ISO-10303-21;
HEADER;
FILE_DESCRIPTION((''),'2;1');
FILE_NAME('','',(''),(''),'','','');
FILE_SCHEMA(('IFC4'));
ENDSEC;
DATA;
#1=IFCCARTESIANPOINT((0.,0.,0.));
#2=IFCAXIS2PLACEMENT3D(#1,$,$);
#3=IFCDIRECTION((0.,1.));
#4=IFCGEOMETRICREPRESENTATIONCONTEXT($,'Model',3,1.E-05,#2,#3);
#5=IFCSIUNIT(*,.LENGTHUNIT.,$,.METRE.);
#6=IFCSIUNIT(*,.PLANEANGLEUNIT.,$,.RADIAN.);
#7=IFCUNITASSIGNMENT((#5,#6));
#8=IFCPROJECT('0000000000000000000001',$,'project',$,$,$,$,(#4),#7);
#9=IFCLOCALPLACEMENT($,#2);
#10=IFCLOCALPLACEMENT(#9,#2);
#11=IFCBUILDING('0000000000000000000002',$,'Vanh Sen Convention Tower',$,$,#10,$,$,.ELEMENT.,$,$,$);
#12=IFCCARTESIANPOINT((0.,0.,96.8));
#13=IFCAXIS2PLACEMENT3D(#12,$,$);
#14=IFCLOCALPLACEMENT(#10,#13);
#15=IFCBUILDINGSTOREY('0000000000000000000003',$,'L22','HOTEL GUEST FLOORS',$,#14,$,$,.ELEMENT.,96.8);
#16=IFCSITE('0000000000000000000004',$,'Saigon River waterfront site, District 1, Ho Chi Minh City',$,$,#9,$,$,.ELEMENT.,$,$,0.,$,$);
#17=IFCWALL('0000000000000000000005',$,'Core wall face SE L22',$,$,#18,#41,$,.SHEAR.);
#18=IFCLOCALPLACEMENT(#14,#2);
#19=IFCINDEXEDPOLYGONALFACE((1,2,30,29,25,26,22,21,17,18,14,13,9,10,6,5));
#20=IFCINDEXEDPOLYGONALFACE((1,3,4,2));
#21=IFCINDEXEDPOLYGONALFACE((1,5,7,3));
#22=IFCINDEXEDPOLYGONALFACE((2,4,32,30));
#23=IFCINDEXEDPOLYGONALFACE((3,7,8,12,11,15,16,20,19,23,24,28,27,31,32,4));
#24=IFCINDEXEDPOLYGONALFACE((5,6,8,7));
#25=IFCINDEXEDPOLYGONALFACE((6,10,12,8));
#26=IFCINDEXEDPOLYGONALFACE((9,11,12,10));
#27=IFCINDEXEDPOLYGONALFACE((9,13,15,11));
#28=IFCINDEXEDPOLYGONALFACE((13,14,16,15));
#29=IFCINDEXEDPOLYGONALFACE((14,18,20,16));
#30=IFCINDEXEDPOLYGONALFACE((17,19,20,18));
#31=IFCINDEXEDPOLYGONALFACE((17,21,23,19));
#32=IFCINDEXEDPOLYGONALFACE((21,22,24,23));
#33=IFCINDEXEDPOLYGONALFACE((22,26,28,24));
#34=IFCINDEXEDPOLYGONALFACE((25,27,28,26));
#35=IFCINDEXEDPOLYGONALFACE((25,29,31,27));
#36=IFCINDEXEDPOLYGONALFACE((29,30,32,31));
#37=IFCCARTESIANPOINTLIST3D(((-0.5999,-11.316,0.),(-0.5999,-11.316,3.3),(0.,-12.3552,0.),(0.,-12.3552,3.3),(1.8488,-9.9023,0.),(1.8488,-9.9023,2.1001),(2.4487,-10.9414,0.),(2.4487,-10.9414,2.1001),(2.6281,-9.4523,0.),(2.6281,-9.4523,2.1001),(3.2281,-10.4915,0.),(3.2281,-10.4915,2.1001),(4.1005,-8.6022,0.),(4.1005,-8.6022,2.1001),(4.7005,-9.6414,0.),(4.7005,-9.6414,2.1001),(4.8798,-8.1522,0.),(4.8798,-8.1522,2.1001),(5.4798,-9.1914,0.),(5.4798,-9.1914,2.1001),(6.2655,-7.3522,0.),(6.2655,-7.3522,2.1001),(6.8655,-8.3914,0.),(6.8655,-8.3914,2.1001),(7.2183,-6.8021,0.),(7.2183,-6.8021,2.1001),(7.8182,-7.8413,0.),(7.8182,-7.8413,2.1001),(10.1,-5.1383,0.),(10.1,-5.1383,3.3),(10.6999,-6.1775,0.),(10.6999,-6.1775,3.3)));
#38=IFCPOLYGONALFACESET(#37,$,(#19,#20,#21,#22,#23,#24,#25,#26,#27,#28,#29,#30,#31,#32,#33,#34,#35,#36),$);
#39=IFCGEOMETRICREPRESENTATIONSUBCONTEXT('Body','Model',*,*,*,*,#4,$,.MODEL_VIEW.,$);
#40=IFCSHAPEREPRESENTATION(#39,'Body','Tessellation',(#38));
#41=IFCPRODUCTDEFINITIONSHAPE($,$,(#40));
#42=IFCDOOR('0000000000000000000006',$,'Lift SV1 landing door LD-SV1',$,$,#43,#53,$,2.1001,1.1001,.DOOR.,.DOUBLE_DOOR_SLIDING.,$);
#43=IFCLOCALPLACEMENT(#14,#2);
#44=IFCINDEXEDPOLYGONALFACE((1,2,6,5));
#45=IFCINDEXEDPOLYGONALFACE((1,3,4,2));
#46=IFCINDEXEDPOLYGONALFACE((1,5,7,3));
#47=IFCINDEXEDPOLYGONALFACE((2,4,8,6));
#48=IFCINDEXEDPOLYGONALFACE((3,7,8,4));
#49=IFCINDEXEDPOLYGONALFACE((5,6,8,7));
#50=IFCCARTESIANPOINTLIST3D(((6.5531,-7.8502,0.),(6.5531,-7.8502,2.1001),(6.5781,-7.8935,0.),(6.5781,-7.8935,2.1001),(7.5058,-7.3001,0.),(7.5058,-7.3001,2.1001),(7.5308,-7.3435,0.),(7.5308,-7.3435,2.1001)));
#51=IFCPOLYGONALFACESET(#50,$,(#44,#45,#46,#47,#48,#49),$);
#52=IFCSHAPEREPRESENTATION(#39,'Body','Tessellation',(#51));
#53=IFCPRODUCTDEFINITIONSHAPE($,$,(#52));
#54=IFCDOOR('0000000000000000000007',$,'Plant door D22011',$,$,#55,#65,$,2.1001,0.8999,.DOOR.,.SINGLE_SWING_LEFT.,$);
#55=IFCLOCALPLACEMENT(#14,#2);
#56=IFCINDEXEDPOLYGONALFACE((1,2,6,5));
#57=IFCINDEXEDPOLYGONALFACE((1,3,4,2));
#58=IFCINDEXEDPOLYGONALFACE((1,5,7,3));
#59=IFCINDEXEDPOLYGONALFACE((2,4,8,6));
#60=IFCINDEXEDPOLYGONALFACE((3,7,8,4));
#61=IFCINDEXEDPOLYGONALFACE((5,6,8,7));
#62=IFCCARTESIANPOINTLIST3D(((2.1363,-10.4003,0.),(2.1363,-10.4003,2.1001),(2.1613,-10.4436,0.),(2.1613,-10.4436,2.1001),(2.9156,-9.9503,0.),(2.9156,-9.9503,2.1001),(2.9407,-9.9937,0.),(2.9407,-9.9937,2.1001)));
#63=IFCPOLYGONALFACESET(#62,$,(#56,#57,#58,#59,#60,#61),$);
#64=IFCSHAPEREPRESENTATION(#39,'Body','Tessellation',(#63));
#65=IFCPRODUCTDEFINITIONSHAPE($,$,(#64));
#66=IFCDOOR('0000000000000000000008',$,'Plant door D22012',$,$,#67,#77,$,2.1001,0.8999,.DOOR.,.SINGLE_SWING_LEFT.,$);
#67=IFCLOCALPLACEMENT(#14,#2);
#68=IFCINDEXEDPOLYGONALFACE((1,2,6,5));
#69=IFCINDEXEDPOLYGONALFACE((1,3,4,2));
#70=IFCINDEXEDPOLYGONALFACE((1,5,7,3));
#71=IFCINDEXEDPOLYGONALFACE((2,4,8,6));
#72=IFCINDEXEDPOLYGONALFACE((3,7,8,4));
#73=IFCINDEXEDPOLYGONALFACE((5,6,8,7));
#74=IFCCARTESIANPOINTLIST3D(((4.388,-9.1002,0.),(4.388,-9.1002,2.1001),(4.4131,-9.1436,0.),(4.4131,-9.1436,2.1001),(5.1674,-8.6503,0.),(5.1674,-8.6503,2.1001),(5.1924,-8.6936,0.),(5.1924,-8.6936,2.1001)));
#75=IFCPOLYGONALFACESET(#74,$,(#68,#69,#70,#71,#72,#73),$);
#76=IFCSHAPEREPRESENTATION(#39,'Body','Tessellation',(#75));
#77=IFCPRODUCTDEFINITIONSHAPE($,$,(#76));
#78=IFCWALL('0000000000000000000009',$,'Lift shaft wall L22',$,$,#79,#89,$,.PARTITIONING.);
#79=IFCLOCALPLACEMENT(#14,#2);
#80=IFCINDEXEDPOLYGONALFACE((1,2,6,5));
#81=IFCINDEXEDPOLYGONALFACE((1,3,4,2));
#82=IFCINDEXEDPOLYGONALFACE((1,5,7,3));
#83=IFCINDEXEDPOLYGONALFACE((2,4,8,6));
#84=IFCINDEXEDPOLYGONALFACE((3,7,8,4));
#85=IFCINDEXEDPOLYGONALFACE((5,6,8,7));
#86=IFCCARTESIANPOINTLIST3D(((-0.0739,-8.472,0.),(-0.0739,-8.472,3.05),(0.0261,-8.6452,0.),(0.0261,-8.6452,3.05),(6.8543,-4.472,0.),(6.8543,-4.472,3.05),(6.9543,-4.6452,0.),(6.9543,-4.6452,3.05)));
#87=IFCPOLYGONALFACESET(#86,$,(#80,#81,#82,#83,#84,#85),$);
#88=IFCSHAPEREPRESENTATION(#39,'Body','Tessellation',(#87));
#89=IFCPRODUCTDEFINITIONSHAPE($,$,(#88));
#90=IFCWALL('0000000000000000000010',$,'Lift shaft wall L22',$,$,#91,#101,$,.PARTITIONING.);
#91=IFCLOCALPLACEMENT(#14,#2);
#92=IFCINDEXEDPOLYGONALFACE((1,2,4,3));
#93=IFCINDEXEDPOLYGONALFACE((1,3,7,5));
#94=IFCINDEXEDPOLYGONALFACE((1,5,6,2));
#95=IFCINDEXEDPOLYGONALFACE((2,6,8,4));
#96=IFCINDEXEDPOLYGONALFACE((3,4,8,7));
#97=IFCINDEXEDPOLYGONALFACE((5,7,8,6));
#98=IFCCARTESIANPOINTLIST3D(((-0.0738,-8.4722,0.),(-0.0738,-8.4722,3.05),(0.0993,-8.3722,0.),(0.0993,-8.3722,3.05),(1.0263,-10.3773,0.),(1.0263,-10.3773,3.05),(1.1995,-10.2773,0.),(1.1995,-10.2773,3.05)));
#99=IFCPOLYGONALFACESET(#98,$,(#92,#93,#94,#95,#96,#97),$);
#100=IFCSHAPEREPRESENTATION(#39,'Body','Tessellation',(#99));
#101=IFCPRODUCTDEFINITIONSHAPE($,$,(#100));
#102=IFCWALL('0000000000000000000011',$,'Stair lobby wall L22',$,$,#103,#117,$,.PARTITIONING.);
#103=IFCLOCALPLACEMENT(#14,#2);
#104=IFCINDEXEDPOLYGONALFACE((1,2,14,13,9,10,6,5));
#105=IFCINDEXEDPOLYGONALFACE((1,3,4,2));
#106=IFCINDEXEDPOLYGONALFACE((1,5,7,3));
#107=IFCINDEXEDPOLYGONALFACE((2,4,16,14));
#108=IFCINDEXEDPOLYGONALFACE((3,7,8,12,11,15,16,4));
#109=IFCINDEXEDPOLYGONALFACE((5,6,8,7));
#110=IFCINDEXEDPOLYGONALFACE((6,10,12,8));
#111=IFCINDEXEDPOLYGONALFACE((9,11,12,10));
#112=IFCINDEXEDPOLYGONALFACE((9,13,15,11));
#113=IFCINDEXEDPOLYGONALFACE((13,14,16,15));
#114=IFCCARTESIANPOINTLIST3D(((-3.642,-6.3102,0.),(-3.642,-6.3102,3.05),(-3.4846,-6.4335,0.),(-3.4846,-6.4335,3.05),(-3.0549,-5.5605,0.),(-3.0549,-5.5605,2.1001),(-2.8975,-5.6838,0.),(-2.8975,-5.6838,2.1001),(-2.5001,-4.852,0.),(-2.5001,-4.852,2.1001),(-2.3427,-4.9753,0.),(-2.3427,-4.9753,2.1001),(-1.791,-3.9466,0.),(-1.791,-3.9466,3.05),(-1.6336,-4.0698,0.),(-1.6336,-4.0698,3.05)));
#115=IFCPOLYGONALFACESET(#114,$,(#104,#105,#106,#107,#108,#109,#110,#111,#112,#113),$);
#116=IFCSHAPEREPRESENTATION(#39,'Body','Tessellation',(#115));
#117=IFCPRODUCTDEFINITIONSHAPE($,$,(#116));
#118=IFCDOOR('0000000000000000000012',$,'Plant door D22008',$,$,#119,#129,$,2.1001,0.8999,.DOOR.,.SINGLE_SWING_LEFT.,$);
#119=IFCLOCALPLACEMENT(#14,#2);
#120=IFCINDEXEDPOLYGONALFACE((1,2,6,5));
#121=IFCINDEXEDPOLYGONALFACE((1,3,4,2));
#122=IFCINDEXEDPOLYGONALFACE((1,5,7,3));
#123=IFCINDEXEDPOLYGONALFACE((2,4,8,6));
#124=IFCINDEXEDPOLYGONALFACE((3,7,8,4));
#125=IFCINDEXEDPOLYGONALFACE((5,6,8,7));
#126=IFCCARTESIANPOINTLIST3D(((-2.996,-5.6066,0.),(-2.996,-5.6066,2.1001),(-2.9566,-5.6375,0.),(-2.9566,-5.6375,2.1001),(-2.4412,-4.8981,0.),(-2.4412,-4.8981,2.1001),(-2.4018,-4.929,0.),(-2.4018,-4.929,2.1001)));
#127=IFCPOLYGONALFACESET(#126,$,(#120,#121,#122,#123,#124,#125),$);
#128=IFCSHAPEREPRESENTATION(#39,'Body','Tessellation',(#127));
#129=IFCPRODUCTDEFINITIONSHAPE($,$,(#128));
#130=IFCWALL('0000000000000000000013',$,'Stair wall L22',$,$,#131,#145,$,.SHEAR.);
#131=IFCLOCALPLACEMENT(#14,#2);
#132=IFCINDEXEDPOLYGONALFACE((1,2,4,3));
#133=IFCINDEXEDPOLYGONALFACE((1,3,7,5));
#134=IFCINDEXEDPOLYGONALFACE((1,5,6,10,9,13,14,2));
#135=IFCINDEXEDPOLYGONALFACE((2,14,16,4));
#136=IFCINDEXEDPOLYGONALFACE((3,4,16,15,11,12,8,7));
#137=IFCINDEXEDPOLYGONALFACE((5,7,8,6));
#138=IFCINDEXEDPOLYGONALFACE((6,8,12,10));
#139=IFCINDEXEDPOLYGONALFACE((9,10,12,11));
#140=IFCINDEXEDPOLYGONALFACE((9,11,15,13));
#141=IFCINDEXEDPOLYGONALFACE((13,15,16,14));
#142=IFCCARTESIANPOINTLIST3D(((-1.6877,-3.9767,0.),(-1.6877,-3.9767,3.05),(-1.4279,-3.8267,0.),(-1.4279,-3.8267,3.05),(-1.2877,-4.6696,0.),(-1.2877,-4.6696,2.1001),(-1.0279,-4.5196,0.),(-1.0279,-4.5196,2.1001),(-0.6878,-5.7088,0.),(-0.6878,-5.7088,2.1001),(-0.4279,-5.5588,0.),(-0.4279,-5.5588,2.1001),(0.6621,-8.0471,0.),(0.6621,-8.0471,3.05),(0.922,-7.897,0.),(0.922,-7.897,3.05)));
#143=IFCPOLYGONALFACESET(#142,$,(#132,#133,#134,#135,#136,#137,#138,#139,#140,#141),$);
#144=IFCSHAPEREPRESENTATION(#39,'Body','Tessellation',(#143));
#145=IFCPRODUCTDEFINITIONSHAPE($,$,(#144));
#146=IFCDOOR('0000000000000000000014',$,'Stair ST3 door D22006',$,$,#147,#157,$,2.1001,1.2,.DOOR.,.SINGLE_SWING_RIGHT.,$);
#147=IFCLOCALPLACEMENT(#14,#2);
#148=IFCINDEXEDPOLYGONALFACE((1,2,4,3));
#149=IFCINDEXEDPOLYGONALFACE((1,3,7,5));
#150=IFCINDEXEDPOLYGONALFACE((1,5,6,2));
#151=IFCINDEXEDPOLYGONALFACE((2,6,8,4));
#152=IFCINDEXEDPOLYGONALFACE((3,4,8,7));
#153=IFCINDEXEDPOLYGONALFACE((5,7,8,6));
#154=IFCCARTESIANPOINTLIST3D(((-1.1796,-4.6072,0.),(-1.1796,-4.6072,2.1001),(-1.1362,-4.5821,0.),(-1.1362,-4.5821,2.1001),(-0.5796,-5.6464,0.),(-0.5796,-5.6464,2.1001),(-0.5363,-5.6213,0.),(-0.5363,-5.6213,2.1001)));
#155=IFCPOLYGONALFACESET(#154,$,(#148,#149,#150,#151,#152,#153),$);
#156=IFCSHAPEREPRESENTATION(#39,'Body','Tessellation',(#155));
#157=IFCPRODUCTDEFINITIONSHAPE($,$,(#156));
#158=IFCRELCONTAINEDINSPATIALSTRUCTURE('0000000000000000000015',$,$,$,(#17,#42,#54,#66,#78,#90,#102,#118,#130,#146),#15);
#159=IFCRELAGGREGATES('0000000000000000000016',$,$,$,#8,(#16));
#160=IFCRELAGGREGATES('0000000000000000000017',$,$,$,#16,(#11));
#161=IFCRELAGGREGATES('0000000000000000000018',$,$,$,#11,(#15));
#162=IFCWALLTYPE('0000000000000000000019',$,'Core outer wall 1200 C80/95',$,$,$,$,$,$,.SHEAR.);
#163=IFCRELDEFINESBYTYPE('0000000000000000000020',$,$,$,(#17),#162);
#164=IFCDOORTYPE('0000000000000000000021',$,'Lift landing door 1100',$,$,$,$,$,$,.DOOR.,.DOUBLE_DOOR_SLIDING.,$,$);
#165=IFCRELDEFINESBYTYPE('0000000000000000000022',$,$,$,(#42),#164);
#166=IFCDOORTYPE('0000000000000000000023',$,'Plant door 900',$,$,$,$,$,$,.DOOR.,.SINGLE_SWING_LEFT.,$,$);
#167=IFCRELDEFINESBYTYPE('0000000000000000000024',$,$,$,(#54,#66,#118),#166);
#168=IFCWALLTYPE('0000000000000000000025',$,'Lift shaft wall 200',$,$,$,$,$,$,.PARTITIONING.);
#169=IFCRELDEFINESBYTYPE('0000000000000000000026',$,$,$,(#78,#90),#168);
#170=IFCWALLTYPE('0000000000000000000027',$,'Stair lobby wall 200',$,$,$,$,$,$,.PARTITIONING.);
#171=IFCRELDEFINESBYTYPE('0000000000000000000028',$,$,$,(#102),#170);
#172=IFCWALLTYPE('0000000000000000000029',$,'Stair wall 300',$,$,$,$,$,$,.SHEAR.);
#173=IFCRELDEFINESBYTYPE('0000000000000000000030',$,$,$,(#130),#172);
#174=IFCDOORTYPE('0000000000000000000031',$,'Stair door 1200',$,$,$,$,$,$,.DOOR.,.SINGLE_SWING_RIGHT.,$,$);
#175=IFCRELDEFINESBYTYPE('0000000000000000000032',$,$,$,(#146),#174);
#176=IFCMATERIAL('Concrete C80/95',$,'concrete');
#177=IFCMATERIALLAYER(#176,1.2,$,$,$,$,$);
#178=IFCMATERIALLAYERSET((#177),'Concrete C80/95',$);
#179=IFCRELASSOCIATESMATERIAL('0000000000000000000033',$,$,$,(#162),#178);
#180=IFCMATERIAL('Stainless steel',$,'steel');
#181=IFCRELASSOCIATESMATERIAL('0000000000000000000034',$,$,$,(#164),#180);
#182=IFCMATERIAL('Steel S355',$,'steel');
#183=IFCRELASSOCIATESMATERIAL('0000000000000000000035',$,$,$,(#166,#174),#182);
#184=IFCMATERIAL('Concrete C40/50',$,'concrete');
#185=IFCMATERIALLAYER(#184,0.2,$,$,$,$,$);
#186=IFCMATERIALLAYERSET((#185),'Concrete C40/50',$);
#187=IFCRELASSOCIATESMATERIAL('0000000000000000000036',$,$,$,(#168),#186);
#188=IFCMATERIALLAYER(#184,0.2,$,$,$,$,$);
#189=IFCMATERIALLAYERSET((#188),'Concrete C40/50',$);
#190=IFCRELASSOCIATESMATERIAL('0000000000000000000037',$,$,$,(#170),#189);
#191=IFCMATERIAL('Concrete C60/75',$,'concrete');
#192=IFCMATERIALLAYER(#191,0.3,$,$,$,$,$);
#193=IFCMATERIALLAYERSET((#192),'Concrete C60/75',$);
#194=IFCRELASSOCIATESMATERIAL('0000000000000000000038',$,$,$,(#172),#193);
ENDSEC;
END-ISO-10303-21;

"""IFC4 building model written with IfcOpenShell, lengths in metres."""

from ifc_helpers import new_model, si_unit, direction, frame, frame_2d, origin, place, context, subcontext, project, spatial, rectangle, extrude, material, layer, layer_set, type_object, element, fill, save


model = new_model("IFC4")

# Units and contexts
model_context = context("Model", 3, precision=1e-05, world=origin(), true_north=direction((0.0, 1.0)))
body_context = subcontext(model_context, "Body", "Model", "MODEL_VIEW")
ifc_project = project(units=[si_unit("LENGTHUNIT", "METRE"), si_unit("PLANEANGLEUNIT", "RADIAN")], contexts=[model_context])

# Site, building, storey
site_placement = place(None, origin())
site = spatial("IfcSite", under=ifc_project, at=site_placement, Name="Saigon River waterfront site, District 1, Ho Chi Minh City", CompositionType="ELEMENT", RefElevation=0.0)
building_placement = place(site_placement, origin())
building = spatial("IfcBuilding", under=site, at=building_placement, Name="Vanh Sen Convention Tower", CompositionType="ELEMENT")
storey_placement = place(building_placement, frame((0.0, 0.0, 96.8)))
storey = spatial("IfcBuildingStorey", under=building, at=storey_placement, Name="L22", Description="HOTEL GUEST FLOORS", CompositionType="ELEMENT", Elevation=96.8)

# Shared definitions
ifc_material_1 = material(Name="Concrete C40/50", Category="concrete")

# Wall, openings, doors
ifc_material_2 = material(Name="Concrete C80/95", Category="concrete")
ifc_layer_1 = layer(ifc_material_2, 1.2)
ifc_layer_set_1 = layer_set([ifc_layer_1], Name="Concrete C80/95")
wall_type_1 = type_object("IfcWallType", Name="Core outer wall 1200 C80/95", PredefinedType="SHEAR", material=ifc_layer_set_1)
wall_1_placement = place(storey_placement, frame((-0.3, -11.8357, 0.0), z_axis=(0.0, 0.0, 1.0), x_axis=(0.866021, 0.500007, 0.0)))
wall_1 = element("IfcWall", 1, at=wall_1_placement, inside=storey, type_object=wall_type_1, Name="Core wall face SE L22", PredefinedType="SHEAR", context=body_context, shape_type="SweptSolid", body=[
    extrude(rectangle(XDim=12.3552, YDim=1.2, at=frame_2d((6.1777, 0.0))), origin(), (0.0, 0.0, 1.0), 3.3),
])
opening_1_placement = place(wall_1_placement, frame((2.8276, 0.0, 0.0)))
opening_1 = element("IfcOpeningElement", 2, at=opening_1_placement, cuts=wall_1, PredefinedType="OPENING", context=body_context, shape_type="SweptSolid", body=[
    extrude(rectangle(XDim=0.8999, YDim=2.1001, at=frame_2d((0.45, 1.05))), frame((0.0, 0.6099, 0.0), z_axis=(0.0, -1.0, 0.0), x_axis=(1.0, 0.0, 0.0)), (0.0, 0.0, 1.0), 1.22),
])
opening_2_placement = place(wall_1_placement, frame((5.4277, 0.0, 0.0)))
opening_2 = element("IfcOpeningElement", 3, at=opening_2_placement, cuts=wall_1, PredefinedType="OPENING", context=body_context, shape_type="SweptSolid", body=[
    extrude(rectangle(XDim=0.8999, YDim=2.1001, at=frame_2d((0.45, 1.05))), frame((0.0, 0.6099, 0.0), z_axis=(0.0, -1.0, 0.0), x_axis=(1.0, 0.0, 0.0)), (0.0, 0.0, 1.0), 1.22),
])
opening_3_placement = place(wall_1_placement, frame((7.9277, 0.0, 0.0)))
opening_3 = element("IfcOpeningElement", 4, at=opening_3_placement, cuts=wall_1, PredefinedType="OPENING", context=body_context, shape_type="SweptSolid", body=[
    extrude(rectangle(XDim=1.1001, YDim=2.1001, at=frame_2d((0.55, 1.05))), frame((0.0, 0.6099, 0.0), z_axis=(0.0, -1.0, 0.0), x_axis=(1.0, 0.0, 0.0)), (0.0, 0.0, 1.0), 1.22),
])
ifc_material_3 = material(Name="Stainless steel", Category="steel")
door_type_1 = type_object("IfcDoorType", Name="Lift landing door 1100", OperationType="DOUBLE_DOOR_SLIDING", PredefinedType="DOOR", material=ifc_material_3)
door_1_placement = place(opening_3_placement, origin())
door_1 = element("IfcDoor", 5, at=door_1_placement, inside=storey, type_object=door_type_1, Name="Lift SV1 landing door LD-SV1", OperationType="DOUBLE_DOOR_SLIDING", OverallHeight=2.1001, OverallWidth=1.1001, PredefinedType="DOOR", context=body_context, shape_type="SweptSolid", body=[
    extrude(rectangle(XDim=1.1001, YDim=2.1001, at=frame_2d((0.55, 1.05))), frame((0.0, 0.0249, 0.0), z_axis=(0.0, -1.0, 0.0), x_axis=(1.0, 0.0, 0.0)), (0.0, 0.0, 1.0), 0.05),
])
fill(opening_3, door_1)
ifc_material_4 = material(Name="Steel S355", Category="steel")
door_type_2 = type_object("IfcDoorType", Name="Plant door 900", OperationType="SINGLE_SWING_LEFT", PredefinedType="DOOR", material=ifc_material_4)
door_2_placement = place(opening_1_placement, origin())
door_2 = element("IfcDoor", 6, at=door_2_placement, inside=storey, type_object=door_type_2, Name="Plant door D22011", OperationType="SINGLE_SWING_LEFT", OverallHeight=2.1001, OverallWidth=0.8999, PredefinedType="DOOR", context=body_context, shape_type="SweptSolid", body=[
    extrude(rectangle(XDim=0.8999, YDim=2.1001, at=frame_2d((0.45, 1.05))), frame((0.0, 0.0249, 0.0), z_axis=(0.0, -1.0, 0.0), x_axis=(1.0, 0.0, 0.0)), (0.0, 0.0, 1.0), 0.05),
])
fill(opening_1, door_2)
door_3_placement = place(opening_2_placement, origin())
door_3 = element("IfcDoor", 7, at=door_3_placement, inside=storey, type_object=door_type_2, Name="Plant door D22012", OperationType="SINGLE_SWING_LEFT", OverallHeight=2.1001, OverallWidth=0.8999, PredefinedType="DOOR", context=body_context, shape_type="SweptSolid", body=[
    extrude(rectangle(XDim=0.8999, YDim=2.1001, at=frame_2d((0.45, 1.05))), frame((0.0, 0.0249, 0.0), z_axis=(0.0, -1.0, 0.0), x_axis=(1.0, 0.0, 0.0)), (0.0, 0.0, 1.0), 0.05),
])
fill(opening_2, door_3)

# Walls
ifc_layer_2 = layer(ifc_material_1, 0.2)
ifc_layer_set_2 = layer_set([ifc_layer_2], Name="Concrete C40/50")
wall_type_2 = type_object("IfcWallType", Name="Lift shaft wall 200", PredefinedType="PARTITIONING", material=ifc_layer_set_2)
wall_2_placement = place(storey_placement, frame((-0.0239, -8.5586, 0.0), z_axis=(0.0, 0.0, 1.0), x_axis=(0.866026, 0.499999, 0.0)))
element("IfcWall", 8, at=wall_2_placement, inside=storey, type_object=wall_type_2, Name="Lift shaft wall L22", PredefinedType="PARTITIONING", context=body_context, shape_type="SweptSolid", body=[
    extrude(rectangle(XDim=8.0, YDim=0.2, at=frame_2d((4.0, 0.0))), origin(), (0.0, 0.0, 1.0), 3.05),
])
wall_3_placement = place(storey_placement, frame((0.0127, -8.4221, 0.0), z_axis=(0.0, 0.0, 1.0), x_axis=(0.500078, -0.86598, 0.0)))
element("IfcWall", 9, at=wall_3_placement, inside=storey, type_object=wall_type_2, Name="Lift shaft wall L22", PredefinedType="PARTITIONING", context=body_context, shape_type="SweptSolid", body=[
    extrude(rectangle(XDim=2.2, YDim=0.2, at=frame_2d((1.1001, 0.0))), origin(), (0.0, 0.0, 1.0), 3.05),
])

# Walls, openings, doors
ifc_layer_3 = layer(ifc_material_1, 0.2)
ifc_layer_set_3 = layer_set([ifc_layer_3], Name="Concrete C40/50")
wall_type_3 = type_object("IfcWallType", Name="Stair lobby wall 200", PredefinedType="PARTITIONING", material=ifc_layer_set_3)
wall_4_placement = place(storey_placement, frame((-1.7124, -4.0083, 0.0), z_axis=(0.0, 0.0, 1.0), x_axis=(-0.616549, -0.787316, 0.0)))
wall_4 = element("IfcWall", 10, at=wall_4_placement, inside=storey, type_object=wall_type_3, Name="Stair lobby wall L22", PredefinedType="PARTITIONING", context=body_context, shape_type="SweptSolid", body=[
    extrude(rectangle(XDim=3.0022, YDim=0.2, at=frame_2d((1.501, 0.0))), origin(), (0.0, 0.0, 1.0), 3.05),
])
opening_4_placement = place(wall_4_placement, frame((1.1499, 0.0, 0.0)))
opening_4 = element("IfcOpeningElement", 11, at=opening_4_placement, cuts=wall_4, PredefinedType="OPENING", context=body_context, shape_type="SweptSolid", body=[
    extrude(rectangle(XDim=0.8999, YDim=2.1001, at=frame_2d((0.45, 1.05))), frame((0.0, 0.1099, 0.0), z_axis=(0.0, -1.0, 0.0), x_axis=(1.0, 0.0, 0.0)), (0.0, 0.0, 1.0), 0.22),
])
door_4_placement = place(opening_4_placement, origin())
door_4 = element("IfcDoor", 12, at=door_4_placement, inside=storey, type_object=door_type_2, Name="Plant door D22008", OperationType="SINGLE_SWING_LEFT", OverallHeight=2.1001, OverallWidth=0.8999, PredefinedType="DOOR", context=body_context, shape_type="SweptSolid", body=[
    extrude(rectangle(XDim=0.8999, YDim=2.1001, at=frame_2d((0.45, 1.05))), frame((0.0, 0.0249, 0.0), z_axis=(0.0, -1.0, 0.0), x_axis=(1.0, 0.0, 0.0)), (0.0, 0.0, 1.0), 0.05),
])
fill(opening_4, door_4)
ifc_material_5 = material(Name="Concrete C60/75", Category="concrete")
ifc_layer_4 = layer(ifc_material_5, 0.3)
ifc_layer_set_4 = layer_set([ifc_layer_4], Name="Concrete C60/75")
wall_type_4 = type_object("IfcWallType", Name="Stair wall 300", PredefinedType="SHEAR", material=ifc_layer_set_4)
wall_5_placement = place(storey_placement, frame((-1.5579, -3.9016, 0.0), z_axis=(0.0, 0.0, 1.0), x_axis=(0.499977, -0.866039, 0.0)))
wall_5 = element("IfcWall", 13, at=wall_5_placement, inside=storey, type_object=wall_type_4, Name="Stair wall L22", PredefinedType="SHEAR", context=body_context, shape_type="SweptSolid", body=[
    extrude(rectangle(XDim=4.7, YDim=0.3, at=frame_2d((2.3501, 0.0))), origin(), (0.0, 0.0, 1.0), 3.05),
])
opening_5_placement = place(wall_5_placement, frame((0.8, 0.0, 0.0)))
opening_5 = element("IfcOpeningElement", 14, at=opening_5_placement, cuts=wall_5, PredefinedType="OPENING", context=body_context, shape_type="SweptSolid", body=[
    extrude(rectangle(XDim=1.2, YDim=2.1001, at=frame_2d((0.6001, 1.05))), frame((0.0, 0.1599, 0.0), z_axis=(0.0, -1.0, 0.0), x_axis=(1.0, 0.0, 0.0)), (0.0, 0.0, 1.0), 0.3201),
])
door_type_3 = type_object("IfcDoorType", Name="Stair door 1200", OperationType="SINGLE_SWING_RIGHT", PredefinedType="DOOR", material=ifc_material_4)
door_5_placement = place(opening_5_placement, origin())
door_5 = element("IfcDoor", 15, at=door_5_placement, inside=storey, type_object=door_type_3, Name="Stair ST3 door D22006", OperationType="SINGLE_SWING_RIGHT", OverallHeight=2.1001, OverallWidth=1.2, PredefinedType="DOOR", context=body_context, shape_type="SweptSolid", body=[
    extrude(rectangle(XDim=1.2, YDim=2.1001, at=frame_2d((0.6001, 1.05))), frame((0.0, 0.0249, 0.0), z_axis=(0.0, -1.0, 0.0), x_axis=(1.0, 0.0, 0.0)), (0.0, 0.0, 1.0), 0.05),
])
fill(opening_5, door_5)

save(model, "model.ifc")
